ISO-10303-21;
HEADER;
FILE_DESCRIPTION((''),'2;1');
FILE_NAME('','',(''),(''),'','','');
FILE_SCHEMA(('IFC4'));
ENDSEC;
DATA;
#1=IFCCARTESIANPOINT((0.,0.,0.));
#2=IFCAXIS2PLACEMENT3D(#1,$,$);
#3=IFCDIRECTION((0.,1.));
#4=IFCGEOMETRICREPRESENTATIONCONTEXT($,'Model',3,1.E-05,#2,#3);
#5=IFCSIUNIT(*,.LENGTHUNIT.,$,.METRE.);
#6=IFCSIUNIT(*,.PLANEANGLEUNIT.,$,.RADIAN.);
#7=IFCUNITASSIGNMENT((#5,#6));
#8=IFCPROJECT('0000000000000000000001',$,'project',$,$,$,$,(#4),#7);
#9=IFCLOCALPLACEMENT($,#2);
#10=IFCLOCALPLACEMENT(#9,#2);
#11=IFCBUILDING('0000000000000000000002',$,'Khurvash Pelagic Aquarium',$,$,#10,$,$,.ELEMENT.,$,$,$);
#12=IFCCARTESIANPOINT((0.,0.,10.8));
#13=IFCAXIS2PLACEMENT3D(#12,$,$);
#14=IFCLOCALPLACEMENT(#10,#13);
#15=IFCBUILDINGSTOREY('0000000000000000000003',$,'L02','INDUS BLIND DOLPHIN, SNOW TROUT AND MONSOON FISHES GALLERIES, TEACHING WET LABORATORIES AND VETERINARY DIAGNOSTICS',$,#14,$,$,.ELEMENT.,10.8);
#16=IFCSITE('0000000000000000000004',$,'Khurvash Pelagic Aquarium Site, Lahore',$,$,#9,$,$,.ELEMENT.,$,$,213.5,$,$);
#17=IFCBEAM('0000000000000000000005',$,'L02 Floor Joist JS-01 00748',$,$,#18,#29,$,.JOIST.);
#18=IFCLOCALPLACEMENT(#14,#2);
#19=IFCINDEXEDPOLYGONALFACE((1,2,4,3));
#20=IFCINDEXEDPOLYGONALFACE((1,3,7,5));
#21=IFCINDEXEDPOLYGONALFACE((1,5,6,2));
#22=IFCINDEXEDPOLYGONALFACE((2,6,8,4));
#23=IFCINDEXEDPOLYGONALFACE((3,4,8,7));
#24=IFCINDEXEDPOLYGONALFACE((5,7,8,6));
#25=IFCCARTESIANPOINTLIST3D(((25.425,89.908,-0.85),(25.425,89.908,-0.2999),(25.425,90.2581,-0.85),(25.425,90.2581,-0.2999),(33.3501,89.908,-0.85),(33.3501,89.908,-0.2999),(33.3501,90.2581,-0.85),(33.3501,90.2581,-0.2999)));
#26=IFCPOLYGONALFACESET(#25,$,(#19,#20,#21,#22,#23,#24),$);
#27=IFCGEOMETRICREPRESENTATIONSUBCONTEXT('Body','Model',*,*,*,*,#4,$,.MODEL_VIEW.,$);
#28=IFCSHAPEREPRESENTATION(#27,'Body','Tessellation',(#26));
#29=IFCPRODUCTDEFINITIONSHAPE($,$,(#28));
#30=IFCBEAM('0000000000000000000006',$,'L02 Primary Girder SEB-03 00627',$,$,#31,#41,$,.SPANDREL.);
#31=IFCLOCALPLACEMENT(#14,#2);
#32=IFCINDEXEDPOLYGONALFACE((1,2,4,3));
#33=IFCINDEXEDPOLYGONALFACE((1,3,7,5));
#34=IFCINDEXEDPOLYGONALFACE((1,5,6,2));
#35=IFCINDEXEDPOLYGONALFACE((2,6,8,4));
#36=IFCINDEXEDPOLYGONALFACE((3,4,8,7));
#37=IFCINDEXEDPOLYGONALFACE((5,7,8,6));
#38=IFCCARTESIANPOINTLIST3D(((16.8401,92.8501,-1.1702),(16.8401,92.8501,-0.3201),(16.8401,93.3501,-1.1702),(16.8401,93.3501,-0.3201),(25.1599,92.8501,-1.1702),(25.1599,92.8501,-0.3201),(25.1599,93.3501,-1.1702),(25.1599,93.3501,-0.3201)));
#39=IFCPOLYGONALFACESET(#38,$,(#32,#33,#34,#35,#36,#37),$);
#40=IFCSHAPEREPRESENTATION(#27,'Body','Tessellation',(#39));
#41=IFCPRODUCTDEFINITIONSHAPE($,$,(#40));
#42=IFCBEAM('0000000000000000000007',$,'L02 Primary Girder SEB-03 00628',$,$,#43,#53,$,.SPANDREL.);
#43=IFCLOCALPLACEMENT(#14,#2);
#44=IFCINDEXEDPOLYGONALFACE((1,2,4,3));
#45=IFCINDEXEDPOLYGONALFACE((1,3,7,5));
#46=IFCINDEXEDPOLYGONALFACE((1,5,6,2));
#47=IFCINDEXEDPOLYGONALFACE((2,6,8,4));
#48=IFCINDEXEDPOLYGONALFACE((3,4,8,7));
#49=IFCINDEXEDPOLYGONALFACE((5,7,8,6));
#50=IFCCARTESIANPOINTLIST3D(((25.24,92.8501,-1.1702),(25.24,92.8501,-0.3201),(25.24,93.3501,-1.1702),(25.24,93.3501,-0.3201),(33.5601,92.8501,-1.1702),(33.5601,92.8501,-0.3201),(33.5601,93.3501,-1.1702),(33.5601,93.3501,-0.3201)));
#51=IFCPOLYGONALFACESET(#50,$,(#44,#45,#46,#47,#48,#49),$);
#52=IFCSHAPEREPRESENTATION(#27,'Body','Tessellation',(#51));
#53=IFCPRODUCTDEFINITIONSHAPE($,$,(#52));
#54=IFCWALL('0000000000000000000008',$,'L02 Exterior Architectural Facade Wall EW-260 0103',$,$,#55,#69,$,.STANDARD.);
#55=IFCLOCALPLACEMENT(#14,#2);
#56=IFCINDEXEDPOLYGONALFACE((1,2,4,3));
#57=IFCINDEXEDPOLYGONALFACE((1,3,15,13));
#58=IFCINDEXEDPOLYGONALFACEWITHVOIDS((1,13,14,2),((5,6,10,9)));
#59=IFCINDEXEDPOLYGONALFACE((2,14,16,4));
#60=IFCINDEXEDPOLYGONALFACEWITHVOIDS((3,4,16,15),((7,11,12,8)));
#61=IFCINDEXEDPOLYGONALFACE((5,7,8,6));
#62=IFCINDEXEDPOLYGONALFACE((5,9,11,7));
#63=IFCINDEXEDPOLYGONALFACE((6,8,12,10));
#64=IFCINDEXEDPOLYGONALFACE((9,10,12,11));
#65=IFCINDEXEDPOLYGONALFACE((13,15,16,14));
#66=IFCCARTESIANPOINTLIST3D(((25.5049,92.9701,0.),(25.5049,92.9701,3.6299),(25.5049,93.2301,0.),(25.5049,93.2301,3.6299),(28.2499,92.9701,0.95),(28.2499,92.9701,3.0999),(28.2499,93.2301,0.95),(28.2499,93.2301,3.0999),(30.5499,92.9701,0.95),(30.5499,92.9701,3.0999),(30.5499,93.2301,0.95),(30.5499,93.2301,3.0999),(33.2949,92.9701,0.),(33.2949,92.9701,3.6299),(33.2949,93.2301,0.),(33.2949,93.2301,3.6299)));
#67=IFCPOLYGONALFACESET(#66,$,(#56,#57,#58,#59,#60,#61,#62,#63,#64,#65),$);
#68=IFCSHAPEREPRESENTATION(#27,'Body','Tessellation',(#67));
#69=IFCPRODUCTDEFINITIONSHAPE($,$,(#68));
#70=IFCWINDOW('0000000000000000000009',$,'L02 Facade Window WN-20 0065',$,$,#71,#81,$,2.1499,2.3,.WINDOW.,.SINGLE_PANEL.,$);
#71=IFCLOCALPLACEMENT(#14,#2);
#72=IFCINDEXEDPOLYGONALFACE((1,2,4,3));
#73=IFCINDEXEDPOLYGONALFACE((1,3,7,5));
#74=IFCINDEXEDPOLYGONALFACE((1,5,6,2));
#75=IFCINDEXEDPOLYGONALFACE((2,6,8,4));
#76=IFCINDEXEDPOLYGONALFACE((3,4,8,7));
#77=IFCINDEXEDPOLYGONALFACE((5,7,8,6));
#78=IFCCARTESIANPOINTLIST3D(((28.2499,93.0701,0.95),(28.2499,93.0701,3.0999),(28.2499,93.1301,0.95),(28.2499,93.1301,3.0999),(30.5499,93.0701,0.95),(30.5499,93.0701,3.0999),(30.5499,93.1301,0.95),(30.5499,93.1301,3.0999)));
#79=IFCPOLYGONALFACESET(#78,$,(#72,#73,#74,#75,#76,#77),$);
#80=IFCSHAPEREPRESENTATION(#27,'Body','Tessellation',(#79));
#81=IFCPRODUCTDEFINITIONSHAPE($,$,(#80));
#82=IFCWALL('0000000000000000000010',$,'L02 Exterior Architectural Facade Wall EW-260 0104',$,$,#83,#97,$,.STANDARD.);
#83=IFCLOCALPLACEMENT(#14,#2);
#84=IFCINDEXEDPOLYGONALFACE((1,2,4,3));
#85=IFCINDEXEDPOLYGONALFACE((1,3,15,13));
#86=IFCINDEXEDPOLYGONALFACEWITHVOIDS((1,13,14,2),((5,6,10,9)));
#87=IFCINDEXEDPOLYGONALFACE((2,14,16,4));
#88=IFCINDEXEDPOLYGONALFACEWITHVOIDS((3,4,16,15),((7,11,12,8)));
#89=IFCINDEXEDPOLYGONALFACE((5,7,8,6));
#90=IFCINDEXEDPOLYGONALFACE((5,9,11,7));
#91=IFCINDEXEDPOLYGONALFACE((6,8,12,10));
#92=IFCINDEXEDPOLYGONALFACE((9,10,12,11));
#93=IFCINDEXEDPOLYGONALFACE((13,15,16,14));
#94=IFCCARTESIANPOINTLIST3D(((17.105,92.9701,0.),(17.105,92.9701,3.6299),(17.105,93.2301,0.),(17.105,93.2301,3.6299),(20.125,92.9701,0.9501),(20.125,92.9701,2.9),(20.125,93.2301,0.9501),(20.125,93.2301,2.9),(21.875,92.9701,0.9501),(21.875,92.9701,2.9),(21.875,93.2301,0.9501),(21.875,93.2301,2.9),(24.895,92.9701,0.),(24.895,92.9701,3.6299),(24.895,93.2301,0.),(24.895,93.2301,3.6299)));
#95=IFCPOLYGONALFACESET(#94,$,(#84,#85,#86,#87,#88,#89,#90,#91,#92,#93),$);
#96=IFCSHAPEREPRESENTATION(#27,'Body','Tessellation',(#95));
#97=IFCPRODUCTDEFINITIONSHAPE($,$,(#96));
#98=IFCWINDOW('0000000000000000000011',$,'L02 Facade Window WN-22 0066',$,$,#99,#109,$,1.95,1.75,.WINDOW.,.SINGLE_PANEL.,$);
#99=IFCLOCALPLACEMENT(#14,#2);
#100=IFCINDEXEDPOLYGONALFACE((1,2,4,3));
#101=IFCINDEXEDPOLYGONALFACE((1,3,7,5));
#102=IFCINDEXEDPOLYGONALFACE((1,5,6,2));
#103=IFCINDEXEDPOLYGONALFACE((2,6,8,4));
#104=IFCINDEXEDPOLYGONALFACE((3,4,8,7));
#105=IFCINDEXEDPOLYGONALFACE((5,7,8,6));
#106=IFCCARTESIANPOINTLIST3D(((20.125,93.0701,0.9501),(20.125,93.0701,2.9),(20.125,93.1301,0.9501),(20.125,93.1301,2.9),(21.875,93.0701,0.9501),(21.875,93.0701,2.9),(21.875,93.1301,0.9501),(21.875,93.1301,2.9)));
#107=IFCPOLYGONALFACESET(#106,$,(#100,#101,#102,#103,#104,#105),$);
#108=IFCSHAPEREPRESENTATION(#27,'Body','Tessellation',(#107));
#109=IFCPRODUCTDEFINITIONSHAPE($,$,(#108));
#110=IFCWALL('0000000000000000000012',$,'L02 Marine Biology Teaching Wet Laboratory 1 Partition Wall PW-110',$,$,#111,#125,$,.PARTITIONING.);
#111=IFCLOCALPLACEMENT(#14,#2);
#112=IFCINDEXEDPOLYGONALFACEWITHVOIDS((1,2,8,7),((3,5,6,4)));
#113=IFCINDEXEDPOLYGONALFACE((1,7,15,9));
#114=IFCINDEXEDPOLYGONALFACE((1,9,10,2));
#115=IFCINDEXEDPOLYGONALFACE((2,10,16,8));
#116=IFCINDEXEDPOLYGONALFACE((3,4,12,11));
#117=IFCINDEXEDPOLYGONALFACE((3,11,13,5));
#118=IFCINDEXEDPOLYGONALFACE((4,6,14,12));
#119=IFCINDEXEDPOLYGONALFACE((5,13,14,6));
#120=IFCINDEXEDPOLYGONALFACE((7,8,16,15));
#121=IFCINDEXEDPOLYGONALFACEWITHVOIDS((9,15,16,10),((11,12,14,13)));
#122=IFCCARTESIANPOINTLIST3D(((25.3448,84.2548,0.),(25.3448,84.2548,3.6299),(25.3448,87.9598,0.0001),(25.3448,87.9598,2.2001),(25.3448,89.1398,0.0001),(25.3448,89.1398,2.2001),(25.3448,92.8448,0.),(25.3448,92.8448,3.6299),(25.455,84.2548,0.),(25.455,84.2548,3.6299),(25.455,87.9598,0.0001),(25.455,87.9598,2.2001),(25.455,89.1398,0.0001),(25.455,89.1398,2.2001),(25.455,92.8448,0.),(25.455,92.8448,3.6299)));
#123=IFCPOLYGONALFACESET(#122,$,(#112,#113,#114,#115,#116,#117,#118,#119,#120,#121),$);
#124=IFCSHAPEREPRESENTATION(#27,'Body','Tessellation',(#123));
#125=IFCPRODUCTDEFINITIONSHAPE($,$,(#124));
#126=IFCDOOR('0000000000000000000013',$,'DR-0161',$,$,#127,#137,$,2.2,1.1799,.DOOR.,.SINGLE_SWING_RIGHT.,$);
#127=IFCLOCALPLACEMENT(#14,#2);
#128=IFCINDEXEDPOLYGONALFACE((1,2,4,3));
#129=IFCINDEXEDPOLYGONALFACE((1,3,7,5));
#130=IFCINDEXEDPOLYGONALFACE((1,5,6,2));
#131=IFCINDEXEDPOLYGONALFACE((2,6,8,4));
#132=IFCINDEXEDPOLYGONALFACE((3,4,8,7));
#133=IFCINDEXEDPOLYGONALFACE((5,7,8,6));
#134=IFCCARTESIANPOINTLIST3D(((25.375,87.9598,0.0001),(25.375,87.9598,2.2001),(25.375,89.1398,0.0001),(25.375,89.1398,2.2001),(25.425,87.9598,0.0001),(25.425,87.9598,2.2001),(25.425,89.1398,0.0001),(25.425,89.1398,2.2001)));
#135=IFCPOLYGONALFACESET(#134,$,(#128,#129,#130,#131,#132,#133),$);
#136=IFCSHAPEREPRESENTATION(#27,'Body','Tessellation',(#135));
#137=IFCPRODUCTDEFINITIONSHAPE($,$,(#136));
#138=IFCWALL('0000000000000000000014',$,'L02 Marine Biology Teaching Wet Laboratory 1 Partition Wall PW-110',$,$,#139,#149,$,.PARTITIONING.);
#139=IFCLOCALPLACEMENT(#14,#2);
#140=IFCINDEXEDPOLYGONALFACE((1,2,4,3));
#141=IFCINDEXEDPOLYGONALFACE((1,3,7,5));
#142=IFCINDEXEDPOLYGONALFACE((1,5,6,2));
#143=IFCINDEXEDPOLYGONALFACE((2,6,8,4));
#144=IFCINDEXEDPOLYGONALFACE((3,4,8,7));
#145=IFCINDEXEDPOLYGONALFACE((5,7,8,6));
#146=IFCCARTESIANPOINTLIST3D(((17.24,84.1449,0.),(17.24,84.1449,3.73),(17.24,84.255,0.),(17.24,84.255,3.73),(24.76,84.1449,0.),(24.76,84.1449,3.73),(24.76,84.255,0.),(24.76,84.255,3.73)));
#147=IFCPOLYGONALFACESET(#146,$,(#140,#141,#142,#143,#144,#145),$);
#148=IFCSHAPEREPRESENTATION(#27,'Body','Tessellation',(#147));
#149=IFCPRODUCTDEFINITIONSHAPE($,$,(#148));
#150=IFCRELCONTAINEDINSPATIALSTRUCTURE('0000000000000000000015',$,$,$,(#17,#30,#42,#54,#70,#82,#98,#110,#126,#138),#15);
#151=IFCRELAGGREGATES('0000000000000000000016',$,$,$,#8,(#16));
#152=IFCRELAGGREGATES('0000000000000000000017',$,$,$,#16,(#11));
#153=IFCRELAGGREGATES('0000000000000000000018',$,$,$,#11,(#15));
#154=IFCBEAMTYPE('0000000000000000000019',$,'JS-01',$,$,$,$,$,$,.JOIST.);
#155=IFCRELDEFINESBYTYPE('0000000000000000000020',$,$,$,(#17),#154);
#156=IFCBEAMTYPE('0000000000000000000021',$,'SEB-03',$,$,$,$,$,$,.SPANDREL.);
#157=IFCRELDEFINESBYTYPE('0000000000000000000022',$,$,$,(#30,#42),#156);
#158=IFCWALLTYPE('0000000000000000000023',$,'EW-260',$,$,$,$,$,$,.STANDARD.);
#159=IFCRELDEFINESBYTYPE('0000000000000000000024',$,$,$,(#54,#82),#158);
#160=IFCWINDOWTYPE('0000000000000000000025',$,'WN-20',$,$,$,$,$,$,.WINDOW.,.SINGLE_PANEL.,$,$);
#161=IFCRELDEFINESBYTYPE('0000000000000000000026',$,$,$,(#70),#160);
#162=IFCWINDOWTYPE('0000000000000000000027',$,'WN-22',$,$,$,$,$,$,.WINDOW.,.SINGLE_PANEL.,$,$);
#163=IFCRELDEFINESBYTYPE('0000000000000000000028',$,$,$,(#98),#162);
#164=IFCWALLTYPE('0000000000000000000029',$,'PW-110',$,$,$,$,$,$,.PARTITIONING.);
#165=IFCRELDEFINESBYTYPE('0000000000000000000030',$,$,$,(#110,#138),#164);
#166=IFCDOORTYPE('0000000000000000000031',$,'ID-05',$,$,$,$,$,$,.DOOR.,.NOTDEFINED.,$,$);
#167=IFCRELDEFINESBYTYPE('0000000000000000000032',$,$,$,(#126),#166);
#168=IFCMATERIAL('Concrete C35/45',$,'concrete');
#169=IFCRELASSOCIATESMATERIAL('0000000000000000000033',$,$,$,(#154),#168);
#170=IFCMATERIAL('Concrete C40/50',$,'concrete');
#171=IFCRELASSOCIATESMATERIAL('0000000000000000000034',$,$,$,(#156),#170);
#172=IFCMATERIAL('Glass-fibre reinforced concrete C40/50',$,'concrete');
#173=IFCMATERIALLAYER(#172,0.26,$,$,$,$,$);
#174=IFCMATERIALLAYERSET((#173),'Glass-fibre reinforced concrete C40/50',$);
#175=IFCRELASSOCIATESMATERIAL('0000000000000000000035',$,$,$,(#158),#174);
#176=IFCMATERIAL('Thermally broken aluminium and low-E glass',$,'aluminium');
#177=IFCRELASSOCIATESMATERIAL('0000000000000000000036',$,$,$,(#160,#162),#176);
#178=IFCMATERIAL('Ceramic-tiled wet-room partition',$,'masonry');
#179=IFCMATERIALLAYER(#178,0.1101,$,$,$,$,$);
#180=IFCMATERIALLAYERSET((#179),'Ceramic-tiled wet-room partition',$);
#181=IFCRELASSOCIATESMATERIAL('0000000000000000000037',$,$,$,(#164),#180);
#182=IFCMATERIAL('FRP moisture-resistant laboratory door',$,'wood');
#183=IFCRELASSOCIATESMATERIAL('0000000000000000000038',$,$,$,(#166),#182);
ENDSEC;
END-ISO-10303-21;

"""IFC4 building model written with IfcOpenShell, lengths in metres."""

from ifc_helpers import new_model, si_unit, direction, frame, frame_2d, origin, origin_2d, place, context, subcontext, project, spatial, rectangle, extrude, material, layer, layer_set, material_profile, profile_set, type_object, element, fill, save


model = new_model("IFC4")

# Units and contexts
model_context = context("Model", 3, precision=1e-05, world=origin(), true_north=direction((0.0, 1.0)))
body_context = subcontext(model_context, "Body", "Model", "MODEL_VIEW")
ifc_project = project(units=[si_unit("LENGTHUNIT", "METRE"), si_unit("PLANEANGLEUNIT", "RADIAN")], contexts=[model_context])

# Site, building, storey
site_placement = place(None, origin())
site = spatial("IfcSite", under=ifc_project, at=site_placement, Name="Khurvash Pelagic Aquarium Site, Lahore", CompositionType="ELEMENT", RefElevation=213.5)
building_placement = place(site_placement, origin())
building = spatial("IfcBuilding", under=site, at=building_placement, Name="Khurvash Pelagic Aquarium", CompositionType="ELEMENT")
storey_placement = place(building_placement, frame((0.0, 0.0, 10.8)))
storey = spatial("IfcBuildingStorey", under=building, at=storey_placement, Name="L02", Description="INDUS BLIND DOLPHIN, SNOW TROUT AND MONSOON FISHES GALLERIES, TEACHING WET LABORATORIES AND VETERINARY DIAGNOSTICS", CompositionType="ELEMENT", Elevation=10.8)

# Shared definitions
ifc_material_1 = material(Name="Concrete C40/50", Category="concrete")

# Beams
ifc_material_2 = material(Name="Concrete C35/45", Category="concrete")
ifc_material_profile_1 = material_profile(ifc_material_2, rectangle(XDim=0.3501, YDim=0.55, at=origin_2d()), Name="RC350X550")
ifc_profile_set_1 = profile_set([ifc_material_profile_1], Name="Concrete C35/45")
beam_type_1 = type_object("IfcBeamType", Name="JS-01", PredefinedType="JOIST", material=ifc_profile_set_1)
for number, where, z_axis, x_axis, name in (
    (1, (25.425, 90.083, -0.575), (1.0, 0.0, 0.0), (0.0, 1.0, 0.0), "L02 Floor Joist JS-01 00748"),
):
    element("IfcBeam", number, at=place(storey_placement, frame(where, z_axis=z_axis, x_axis=x_axis)), inside=storey, type_object=beam_type_1, Name=name, PredefinedType="JOIST", context=body_context, shape_type="SweptSolid", body=[
        extrude(rectangle(XDim=0.3501, YDim=0.55, at=origin_2d()), origin(), (0.0, 0.0, 1.0), 7.925),
    ])
ifc_material_profile_2 = material_profile(ifc_material_1, rectangle(XDim=0.5, YDim=0.8501, at=origin_2d()), Name="RC500X850")
ifc_profile_set_2 = profile_set([ifc_material_profile_2], Name="Concrete C40/50")
beam_type_2 = type_object("IfcBeamType", Name="SEB-03", PredefinedType="SPANDREL", material=ifc_profile_set_2)
beam_1_placement = place(storey_placement, frame((16.8401, 93.1001, -0.7451), z_axis=(1.0, 0.0, 0.0), x_axis=(0.0, 1.0, 0.0)))
element("IfcBeam", 2, at=beam_1_placement, inside=storey, type_object=beam_type_2, Name="L02 Primary Girder SEB-03 00627", PredefinedType="SPANDREL", context=body_context, shape_type="SweptSolid", body=[
    extrude(rectangle(XDim=0.5, YDim=0.8501, at=origin_2d()), origin(), (0.0, 0.0, 1.0), 8.3198),
])
beam_2_placement = place(storey_placement, frame((25.24, 93.1001, -0.7451), z_axis=(1.0, 0.0, 0.0), x_axis=(0.0, 1.0, 0.0)))
element("IfcBeam", 3, at=beam_2_placement, inside=storey, type_object=beam_type_2, Name="L02 Primary Girder SEB-03 00628", PredefinedType="SPANDREL", context=body_context, shape_type="SweptSolid", body=[
    extrude(rectangle(XDim=0.5, YDim=0.8501, at=origin_2d()), origin(), (0.0, 0.0, 1.0), 8.3201),
])

# Walls, openings, windows
ifc_material_3 = material(Name="Glass-fibre reinforced concrete C40/50", Category="concrete")
ifc_layer_1 = layer(ifc_material_3, 0.26)
ifc_layer_set_1 = layer_set([ifc_layer_1], Name="Glass-fibre reinforced concrete C40/50")
wall_type_1 = type_object("IfcWallType", Name="EW-260", PredefinedType="STANDARD", material=ifc_layer_set_1)
wall_1_placement = place(storey_placement, frame((33.2949, 93.1001, 0.0), z_axis=(0.0, 0.0, 1.0), x_axis=(-1.0, 0.0, 0.0)))
wall_1 = element("IfcWall", 4, at=wall_1_placement, inside=storey, type_object=wall_type_1, Name="L02 Exterior Architectural Facade Wall EW-260 0103", PredefinedType="STANDARD", context=body_context, shape_type="SweptSolid", body=[
    extrude(rectangle(XDim=7.79, YDim=0.26, at=frame_2d((3.895, 0.0))), origin(), (0.0, 0.0, 1.0), 3.6299),
])
opening_1_placement = place(wall_1_placement, frame((2.7451, 0.0, 0.95)))
opening_1 = element("IfcOpeningElement", 5, at=opening_1_placement, cuts=wall_1, PredefinedType="OPENING", context=body_context, shape_type="SweptSolid", body=[
    extrude(rectangle(XDim=2.3, YDim=2.1499, at=frame_2d((1.1499, 1.075))), frame((0.0, 0.1401, 0.0), z_axis=(0.0, -1.0, 0.0), x_axis=(1.0, 0.0, 0.0)), (0.0, 0.0, 1.0), 0.28),
])
ifc_material_4 = material(Name="Thermally broken aluminium and low-E glass", Category="aluminium")
window_type_1 = type_object("IfcWindowType", Name="WN-20", PartitioningType="SINGLE_PANEL", PredefinedType="WINDOW", material=ifc_material_4)
window_1_placement = place(opening_1_placement, origin())
window_1 = element("IfcWindow", 6, at=window_1_placement, inside=storey, type_object=window_type_1, Name="L02 Facade Window WN-20 0065", OverallHeight=2.1499, OverallWidth=2.3, PartitioningType="SINGLE_PANEL", PredefinedType="WINDOW", context=body_context, shape_type="SweptSolid", body=[
    extrude(rectangle(XDim=2.3, YDim=2.1499, at=frame_2d((1.1499, 1.075))), frame((0.0, 0.03, 0.0), z_axis=(0.0, -1.0, 0.0), x_axis=(1.0, 0.0, 0.0)), (0.0, 0.0, 1.0), 0.0601),
])
fill(opening_1, window_1)
wall_2_placement = place(storey_placement, frame((24.895, 93.1001, 0.0), z_axis=(0.0, 0.0, 1.0), x_axis=(-1.0, 0.0, 0.0)))
wall_2 = element("IfcWall", 7, at=wall_2_placement, inside=storey, type_object=wall_type_1, Name="L02 Exterior Architectural Facade Wall EW-260 0104", PredefinedType="STANDARD", context=body_context, shape_type="SweptSolid", body=[
    extrude(rectangle(XDim=7.79, YDim=0.26, at=frame_2d((3.895, 0.0))), origin(), (0.0, 0.0, 1.0), 3.6299),
])
opening_2_placement = place(wall_2_placement, frame((3.02, 0.0, 0.95)))
opening_2 = element("IfcOpeningElement", 8, at=opening_2_placement, cuts=wall_2, PredefinedType="OPENING", context=body_context, shape_type="SweptSolid", body=[
    extrude(rectangle(XDim=1.75, YDim=1.95, at=frame_2d((0.875, 0.9751))), frame((0.0, 0.1401, 0.0), z_axis=(0.0, -1.0, 0.0), x_axis=(1.0, 0.0, 0.0)), (0.0, 0.0, 1.0), 0.28),
])
window_type_2 = type_object("IfcWindowType", Name="WN-22", PartitioningType="SINGLE_PANEL", PredefinedType="WINDOW", material=ifc_material_4)
window_2_placement = place(opening_2_placement, origin())
window_2 = element("IfcWindow", 9, at=window_2_placement, inside=storey, type_object=window_type_2, Name="L02 Facade Window WN-22 0066", OverallHeight=1.95, OverallWidth=1.75, PartitioningType="SINGLE_PANEL", PredefinedType="WINDOW", context=body_context, shape_type="SweptSolid", body=[
    extrude(rectangle(XDim=1.75, YDim=1.95, at=frame_2d((0.875, 0.9751))), frame((0.0, 0.03, 0.0), z_axis=(0.0, -1.0, 0.0), x_axis=(1.0, 0.0, 0.0)), (0.0, 0.0, 1.0), 0.0601),
])
fill(opening_2, window_2)

# Wall, opening, door
ifc_material_5 = material(Name="Ceramic-tiled wet-room partition", Category="masonry")
ifc_layer_2 = layer(ifc_material_5, 0.1101)
ifc_layer_set_2 = layer_set([ifc_layer_2], Name="Ceramic-tiled wet-room partition")
wall_type_2 = type_object("IfcWallType", Name="PW-110", PredefinedType="PARTITIONING", material=ifc_layer_set_2)
wall_3_placement = place(storey_placement, frame((25.3999, 84.2549, 0.0), z_axis=(0.0, 0.0, 1.0), x_axis=(0.0, 1.0, 0.0)))
wall_3 = element("IfcWall", 10, at=wall_3_placement, inside=storey, type_object=wall_type_2, Name="L02 Marine Biology Teaching Wet Laboratory 1 Partition Wall PW-110", PredefinedType="PARTITIONING", context=body_context, shape_type="SweptSolid", body=[
    extrude(rectangle(XDim=8.5901, YDim=0.1101, at=frame_2d((4.2949, 0.0))), origin(), (0.0, 0.0, 1.0), 3.6299),
])
opening_3_placement = place(wall_3_placement, frame((3.7051, 0.0, 0.0)))
opening_3 = element("IfcOpeningElement", 11, at=opening_3_placement, cuts=wall_3, PredefinedType="OPENING", context=body_context, shape_type="SweptSolid", body=[
    extrude(rectangle(XDim=1.1799, YDim=2.2, at=frame_2d((0.5898, 1.1001))), frame((0.0, 0.0649, 0.0), z_axis=(0.0, -1.0, 0.0), x_axis=(1.0, 0.0, 0.0)), (0.0, 0.0, 1.0), 0.1301),
])
ifc_material_6 = material(Name="FRP moisture-resistant laboratory door", Category="wood")
door_type_1 = type_object("IfcDoorType", Name="ID-05", OperationType="NOTDEFINED", PredefinedType="DOOR", material=ifc_material_6)
door_1_placement = place(opening_3_placement, origin())
door_1 = element("IfcDoor", 12, at=door_1_placement, inside=storey, type_object=door_type_1, Name="DR-0161", OperationType="SINGLE_SWING_RIGHT", OverallHeight=2.2, OverallWidth=1.1799, PredefinedType="DOOR", context=body_context, shape_type="SweptSolid", body=[
    extrude(rectangle(XDim=1.1799, YDim=2.2, at=frame_2d((0.5898, 1.1001))), frame((0.0, 0.0249, 0.0), z_axis=(0.0, -1.0, 0.0), x_axis=(1.0, 0.0, 0.0)), (0.0, 0.0, 1.0), 0.05),
])
fill(opening_3, door_1)

# Wall
wall_4_placement = place(storey_placement, frame((17.24, 84.2, 0.0), z_axis=(0.0, 0.0, 1.0), x_axis=(1.0, 0.0, 0.0)))
element("IfcWall", 13, at=wall_4_placement, inside=storey, type_object=wall_type_2, Name="L02 Marine Biology Teaching Wet Laboratory 1 Partition Wall PW-110", PredefinedType="PARTITIONING", context=body_context, shape_type="SweptSolid", body=[
    extrude(rectangle(XDim=7.52, YDim=0.1101, at=frame_2d((3.76, 0.0))), origin(), (0.0, 0.0, 1.0), 3.73),
])

save(model, "model.ifc")
